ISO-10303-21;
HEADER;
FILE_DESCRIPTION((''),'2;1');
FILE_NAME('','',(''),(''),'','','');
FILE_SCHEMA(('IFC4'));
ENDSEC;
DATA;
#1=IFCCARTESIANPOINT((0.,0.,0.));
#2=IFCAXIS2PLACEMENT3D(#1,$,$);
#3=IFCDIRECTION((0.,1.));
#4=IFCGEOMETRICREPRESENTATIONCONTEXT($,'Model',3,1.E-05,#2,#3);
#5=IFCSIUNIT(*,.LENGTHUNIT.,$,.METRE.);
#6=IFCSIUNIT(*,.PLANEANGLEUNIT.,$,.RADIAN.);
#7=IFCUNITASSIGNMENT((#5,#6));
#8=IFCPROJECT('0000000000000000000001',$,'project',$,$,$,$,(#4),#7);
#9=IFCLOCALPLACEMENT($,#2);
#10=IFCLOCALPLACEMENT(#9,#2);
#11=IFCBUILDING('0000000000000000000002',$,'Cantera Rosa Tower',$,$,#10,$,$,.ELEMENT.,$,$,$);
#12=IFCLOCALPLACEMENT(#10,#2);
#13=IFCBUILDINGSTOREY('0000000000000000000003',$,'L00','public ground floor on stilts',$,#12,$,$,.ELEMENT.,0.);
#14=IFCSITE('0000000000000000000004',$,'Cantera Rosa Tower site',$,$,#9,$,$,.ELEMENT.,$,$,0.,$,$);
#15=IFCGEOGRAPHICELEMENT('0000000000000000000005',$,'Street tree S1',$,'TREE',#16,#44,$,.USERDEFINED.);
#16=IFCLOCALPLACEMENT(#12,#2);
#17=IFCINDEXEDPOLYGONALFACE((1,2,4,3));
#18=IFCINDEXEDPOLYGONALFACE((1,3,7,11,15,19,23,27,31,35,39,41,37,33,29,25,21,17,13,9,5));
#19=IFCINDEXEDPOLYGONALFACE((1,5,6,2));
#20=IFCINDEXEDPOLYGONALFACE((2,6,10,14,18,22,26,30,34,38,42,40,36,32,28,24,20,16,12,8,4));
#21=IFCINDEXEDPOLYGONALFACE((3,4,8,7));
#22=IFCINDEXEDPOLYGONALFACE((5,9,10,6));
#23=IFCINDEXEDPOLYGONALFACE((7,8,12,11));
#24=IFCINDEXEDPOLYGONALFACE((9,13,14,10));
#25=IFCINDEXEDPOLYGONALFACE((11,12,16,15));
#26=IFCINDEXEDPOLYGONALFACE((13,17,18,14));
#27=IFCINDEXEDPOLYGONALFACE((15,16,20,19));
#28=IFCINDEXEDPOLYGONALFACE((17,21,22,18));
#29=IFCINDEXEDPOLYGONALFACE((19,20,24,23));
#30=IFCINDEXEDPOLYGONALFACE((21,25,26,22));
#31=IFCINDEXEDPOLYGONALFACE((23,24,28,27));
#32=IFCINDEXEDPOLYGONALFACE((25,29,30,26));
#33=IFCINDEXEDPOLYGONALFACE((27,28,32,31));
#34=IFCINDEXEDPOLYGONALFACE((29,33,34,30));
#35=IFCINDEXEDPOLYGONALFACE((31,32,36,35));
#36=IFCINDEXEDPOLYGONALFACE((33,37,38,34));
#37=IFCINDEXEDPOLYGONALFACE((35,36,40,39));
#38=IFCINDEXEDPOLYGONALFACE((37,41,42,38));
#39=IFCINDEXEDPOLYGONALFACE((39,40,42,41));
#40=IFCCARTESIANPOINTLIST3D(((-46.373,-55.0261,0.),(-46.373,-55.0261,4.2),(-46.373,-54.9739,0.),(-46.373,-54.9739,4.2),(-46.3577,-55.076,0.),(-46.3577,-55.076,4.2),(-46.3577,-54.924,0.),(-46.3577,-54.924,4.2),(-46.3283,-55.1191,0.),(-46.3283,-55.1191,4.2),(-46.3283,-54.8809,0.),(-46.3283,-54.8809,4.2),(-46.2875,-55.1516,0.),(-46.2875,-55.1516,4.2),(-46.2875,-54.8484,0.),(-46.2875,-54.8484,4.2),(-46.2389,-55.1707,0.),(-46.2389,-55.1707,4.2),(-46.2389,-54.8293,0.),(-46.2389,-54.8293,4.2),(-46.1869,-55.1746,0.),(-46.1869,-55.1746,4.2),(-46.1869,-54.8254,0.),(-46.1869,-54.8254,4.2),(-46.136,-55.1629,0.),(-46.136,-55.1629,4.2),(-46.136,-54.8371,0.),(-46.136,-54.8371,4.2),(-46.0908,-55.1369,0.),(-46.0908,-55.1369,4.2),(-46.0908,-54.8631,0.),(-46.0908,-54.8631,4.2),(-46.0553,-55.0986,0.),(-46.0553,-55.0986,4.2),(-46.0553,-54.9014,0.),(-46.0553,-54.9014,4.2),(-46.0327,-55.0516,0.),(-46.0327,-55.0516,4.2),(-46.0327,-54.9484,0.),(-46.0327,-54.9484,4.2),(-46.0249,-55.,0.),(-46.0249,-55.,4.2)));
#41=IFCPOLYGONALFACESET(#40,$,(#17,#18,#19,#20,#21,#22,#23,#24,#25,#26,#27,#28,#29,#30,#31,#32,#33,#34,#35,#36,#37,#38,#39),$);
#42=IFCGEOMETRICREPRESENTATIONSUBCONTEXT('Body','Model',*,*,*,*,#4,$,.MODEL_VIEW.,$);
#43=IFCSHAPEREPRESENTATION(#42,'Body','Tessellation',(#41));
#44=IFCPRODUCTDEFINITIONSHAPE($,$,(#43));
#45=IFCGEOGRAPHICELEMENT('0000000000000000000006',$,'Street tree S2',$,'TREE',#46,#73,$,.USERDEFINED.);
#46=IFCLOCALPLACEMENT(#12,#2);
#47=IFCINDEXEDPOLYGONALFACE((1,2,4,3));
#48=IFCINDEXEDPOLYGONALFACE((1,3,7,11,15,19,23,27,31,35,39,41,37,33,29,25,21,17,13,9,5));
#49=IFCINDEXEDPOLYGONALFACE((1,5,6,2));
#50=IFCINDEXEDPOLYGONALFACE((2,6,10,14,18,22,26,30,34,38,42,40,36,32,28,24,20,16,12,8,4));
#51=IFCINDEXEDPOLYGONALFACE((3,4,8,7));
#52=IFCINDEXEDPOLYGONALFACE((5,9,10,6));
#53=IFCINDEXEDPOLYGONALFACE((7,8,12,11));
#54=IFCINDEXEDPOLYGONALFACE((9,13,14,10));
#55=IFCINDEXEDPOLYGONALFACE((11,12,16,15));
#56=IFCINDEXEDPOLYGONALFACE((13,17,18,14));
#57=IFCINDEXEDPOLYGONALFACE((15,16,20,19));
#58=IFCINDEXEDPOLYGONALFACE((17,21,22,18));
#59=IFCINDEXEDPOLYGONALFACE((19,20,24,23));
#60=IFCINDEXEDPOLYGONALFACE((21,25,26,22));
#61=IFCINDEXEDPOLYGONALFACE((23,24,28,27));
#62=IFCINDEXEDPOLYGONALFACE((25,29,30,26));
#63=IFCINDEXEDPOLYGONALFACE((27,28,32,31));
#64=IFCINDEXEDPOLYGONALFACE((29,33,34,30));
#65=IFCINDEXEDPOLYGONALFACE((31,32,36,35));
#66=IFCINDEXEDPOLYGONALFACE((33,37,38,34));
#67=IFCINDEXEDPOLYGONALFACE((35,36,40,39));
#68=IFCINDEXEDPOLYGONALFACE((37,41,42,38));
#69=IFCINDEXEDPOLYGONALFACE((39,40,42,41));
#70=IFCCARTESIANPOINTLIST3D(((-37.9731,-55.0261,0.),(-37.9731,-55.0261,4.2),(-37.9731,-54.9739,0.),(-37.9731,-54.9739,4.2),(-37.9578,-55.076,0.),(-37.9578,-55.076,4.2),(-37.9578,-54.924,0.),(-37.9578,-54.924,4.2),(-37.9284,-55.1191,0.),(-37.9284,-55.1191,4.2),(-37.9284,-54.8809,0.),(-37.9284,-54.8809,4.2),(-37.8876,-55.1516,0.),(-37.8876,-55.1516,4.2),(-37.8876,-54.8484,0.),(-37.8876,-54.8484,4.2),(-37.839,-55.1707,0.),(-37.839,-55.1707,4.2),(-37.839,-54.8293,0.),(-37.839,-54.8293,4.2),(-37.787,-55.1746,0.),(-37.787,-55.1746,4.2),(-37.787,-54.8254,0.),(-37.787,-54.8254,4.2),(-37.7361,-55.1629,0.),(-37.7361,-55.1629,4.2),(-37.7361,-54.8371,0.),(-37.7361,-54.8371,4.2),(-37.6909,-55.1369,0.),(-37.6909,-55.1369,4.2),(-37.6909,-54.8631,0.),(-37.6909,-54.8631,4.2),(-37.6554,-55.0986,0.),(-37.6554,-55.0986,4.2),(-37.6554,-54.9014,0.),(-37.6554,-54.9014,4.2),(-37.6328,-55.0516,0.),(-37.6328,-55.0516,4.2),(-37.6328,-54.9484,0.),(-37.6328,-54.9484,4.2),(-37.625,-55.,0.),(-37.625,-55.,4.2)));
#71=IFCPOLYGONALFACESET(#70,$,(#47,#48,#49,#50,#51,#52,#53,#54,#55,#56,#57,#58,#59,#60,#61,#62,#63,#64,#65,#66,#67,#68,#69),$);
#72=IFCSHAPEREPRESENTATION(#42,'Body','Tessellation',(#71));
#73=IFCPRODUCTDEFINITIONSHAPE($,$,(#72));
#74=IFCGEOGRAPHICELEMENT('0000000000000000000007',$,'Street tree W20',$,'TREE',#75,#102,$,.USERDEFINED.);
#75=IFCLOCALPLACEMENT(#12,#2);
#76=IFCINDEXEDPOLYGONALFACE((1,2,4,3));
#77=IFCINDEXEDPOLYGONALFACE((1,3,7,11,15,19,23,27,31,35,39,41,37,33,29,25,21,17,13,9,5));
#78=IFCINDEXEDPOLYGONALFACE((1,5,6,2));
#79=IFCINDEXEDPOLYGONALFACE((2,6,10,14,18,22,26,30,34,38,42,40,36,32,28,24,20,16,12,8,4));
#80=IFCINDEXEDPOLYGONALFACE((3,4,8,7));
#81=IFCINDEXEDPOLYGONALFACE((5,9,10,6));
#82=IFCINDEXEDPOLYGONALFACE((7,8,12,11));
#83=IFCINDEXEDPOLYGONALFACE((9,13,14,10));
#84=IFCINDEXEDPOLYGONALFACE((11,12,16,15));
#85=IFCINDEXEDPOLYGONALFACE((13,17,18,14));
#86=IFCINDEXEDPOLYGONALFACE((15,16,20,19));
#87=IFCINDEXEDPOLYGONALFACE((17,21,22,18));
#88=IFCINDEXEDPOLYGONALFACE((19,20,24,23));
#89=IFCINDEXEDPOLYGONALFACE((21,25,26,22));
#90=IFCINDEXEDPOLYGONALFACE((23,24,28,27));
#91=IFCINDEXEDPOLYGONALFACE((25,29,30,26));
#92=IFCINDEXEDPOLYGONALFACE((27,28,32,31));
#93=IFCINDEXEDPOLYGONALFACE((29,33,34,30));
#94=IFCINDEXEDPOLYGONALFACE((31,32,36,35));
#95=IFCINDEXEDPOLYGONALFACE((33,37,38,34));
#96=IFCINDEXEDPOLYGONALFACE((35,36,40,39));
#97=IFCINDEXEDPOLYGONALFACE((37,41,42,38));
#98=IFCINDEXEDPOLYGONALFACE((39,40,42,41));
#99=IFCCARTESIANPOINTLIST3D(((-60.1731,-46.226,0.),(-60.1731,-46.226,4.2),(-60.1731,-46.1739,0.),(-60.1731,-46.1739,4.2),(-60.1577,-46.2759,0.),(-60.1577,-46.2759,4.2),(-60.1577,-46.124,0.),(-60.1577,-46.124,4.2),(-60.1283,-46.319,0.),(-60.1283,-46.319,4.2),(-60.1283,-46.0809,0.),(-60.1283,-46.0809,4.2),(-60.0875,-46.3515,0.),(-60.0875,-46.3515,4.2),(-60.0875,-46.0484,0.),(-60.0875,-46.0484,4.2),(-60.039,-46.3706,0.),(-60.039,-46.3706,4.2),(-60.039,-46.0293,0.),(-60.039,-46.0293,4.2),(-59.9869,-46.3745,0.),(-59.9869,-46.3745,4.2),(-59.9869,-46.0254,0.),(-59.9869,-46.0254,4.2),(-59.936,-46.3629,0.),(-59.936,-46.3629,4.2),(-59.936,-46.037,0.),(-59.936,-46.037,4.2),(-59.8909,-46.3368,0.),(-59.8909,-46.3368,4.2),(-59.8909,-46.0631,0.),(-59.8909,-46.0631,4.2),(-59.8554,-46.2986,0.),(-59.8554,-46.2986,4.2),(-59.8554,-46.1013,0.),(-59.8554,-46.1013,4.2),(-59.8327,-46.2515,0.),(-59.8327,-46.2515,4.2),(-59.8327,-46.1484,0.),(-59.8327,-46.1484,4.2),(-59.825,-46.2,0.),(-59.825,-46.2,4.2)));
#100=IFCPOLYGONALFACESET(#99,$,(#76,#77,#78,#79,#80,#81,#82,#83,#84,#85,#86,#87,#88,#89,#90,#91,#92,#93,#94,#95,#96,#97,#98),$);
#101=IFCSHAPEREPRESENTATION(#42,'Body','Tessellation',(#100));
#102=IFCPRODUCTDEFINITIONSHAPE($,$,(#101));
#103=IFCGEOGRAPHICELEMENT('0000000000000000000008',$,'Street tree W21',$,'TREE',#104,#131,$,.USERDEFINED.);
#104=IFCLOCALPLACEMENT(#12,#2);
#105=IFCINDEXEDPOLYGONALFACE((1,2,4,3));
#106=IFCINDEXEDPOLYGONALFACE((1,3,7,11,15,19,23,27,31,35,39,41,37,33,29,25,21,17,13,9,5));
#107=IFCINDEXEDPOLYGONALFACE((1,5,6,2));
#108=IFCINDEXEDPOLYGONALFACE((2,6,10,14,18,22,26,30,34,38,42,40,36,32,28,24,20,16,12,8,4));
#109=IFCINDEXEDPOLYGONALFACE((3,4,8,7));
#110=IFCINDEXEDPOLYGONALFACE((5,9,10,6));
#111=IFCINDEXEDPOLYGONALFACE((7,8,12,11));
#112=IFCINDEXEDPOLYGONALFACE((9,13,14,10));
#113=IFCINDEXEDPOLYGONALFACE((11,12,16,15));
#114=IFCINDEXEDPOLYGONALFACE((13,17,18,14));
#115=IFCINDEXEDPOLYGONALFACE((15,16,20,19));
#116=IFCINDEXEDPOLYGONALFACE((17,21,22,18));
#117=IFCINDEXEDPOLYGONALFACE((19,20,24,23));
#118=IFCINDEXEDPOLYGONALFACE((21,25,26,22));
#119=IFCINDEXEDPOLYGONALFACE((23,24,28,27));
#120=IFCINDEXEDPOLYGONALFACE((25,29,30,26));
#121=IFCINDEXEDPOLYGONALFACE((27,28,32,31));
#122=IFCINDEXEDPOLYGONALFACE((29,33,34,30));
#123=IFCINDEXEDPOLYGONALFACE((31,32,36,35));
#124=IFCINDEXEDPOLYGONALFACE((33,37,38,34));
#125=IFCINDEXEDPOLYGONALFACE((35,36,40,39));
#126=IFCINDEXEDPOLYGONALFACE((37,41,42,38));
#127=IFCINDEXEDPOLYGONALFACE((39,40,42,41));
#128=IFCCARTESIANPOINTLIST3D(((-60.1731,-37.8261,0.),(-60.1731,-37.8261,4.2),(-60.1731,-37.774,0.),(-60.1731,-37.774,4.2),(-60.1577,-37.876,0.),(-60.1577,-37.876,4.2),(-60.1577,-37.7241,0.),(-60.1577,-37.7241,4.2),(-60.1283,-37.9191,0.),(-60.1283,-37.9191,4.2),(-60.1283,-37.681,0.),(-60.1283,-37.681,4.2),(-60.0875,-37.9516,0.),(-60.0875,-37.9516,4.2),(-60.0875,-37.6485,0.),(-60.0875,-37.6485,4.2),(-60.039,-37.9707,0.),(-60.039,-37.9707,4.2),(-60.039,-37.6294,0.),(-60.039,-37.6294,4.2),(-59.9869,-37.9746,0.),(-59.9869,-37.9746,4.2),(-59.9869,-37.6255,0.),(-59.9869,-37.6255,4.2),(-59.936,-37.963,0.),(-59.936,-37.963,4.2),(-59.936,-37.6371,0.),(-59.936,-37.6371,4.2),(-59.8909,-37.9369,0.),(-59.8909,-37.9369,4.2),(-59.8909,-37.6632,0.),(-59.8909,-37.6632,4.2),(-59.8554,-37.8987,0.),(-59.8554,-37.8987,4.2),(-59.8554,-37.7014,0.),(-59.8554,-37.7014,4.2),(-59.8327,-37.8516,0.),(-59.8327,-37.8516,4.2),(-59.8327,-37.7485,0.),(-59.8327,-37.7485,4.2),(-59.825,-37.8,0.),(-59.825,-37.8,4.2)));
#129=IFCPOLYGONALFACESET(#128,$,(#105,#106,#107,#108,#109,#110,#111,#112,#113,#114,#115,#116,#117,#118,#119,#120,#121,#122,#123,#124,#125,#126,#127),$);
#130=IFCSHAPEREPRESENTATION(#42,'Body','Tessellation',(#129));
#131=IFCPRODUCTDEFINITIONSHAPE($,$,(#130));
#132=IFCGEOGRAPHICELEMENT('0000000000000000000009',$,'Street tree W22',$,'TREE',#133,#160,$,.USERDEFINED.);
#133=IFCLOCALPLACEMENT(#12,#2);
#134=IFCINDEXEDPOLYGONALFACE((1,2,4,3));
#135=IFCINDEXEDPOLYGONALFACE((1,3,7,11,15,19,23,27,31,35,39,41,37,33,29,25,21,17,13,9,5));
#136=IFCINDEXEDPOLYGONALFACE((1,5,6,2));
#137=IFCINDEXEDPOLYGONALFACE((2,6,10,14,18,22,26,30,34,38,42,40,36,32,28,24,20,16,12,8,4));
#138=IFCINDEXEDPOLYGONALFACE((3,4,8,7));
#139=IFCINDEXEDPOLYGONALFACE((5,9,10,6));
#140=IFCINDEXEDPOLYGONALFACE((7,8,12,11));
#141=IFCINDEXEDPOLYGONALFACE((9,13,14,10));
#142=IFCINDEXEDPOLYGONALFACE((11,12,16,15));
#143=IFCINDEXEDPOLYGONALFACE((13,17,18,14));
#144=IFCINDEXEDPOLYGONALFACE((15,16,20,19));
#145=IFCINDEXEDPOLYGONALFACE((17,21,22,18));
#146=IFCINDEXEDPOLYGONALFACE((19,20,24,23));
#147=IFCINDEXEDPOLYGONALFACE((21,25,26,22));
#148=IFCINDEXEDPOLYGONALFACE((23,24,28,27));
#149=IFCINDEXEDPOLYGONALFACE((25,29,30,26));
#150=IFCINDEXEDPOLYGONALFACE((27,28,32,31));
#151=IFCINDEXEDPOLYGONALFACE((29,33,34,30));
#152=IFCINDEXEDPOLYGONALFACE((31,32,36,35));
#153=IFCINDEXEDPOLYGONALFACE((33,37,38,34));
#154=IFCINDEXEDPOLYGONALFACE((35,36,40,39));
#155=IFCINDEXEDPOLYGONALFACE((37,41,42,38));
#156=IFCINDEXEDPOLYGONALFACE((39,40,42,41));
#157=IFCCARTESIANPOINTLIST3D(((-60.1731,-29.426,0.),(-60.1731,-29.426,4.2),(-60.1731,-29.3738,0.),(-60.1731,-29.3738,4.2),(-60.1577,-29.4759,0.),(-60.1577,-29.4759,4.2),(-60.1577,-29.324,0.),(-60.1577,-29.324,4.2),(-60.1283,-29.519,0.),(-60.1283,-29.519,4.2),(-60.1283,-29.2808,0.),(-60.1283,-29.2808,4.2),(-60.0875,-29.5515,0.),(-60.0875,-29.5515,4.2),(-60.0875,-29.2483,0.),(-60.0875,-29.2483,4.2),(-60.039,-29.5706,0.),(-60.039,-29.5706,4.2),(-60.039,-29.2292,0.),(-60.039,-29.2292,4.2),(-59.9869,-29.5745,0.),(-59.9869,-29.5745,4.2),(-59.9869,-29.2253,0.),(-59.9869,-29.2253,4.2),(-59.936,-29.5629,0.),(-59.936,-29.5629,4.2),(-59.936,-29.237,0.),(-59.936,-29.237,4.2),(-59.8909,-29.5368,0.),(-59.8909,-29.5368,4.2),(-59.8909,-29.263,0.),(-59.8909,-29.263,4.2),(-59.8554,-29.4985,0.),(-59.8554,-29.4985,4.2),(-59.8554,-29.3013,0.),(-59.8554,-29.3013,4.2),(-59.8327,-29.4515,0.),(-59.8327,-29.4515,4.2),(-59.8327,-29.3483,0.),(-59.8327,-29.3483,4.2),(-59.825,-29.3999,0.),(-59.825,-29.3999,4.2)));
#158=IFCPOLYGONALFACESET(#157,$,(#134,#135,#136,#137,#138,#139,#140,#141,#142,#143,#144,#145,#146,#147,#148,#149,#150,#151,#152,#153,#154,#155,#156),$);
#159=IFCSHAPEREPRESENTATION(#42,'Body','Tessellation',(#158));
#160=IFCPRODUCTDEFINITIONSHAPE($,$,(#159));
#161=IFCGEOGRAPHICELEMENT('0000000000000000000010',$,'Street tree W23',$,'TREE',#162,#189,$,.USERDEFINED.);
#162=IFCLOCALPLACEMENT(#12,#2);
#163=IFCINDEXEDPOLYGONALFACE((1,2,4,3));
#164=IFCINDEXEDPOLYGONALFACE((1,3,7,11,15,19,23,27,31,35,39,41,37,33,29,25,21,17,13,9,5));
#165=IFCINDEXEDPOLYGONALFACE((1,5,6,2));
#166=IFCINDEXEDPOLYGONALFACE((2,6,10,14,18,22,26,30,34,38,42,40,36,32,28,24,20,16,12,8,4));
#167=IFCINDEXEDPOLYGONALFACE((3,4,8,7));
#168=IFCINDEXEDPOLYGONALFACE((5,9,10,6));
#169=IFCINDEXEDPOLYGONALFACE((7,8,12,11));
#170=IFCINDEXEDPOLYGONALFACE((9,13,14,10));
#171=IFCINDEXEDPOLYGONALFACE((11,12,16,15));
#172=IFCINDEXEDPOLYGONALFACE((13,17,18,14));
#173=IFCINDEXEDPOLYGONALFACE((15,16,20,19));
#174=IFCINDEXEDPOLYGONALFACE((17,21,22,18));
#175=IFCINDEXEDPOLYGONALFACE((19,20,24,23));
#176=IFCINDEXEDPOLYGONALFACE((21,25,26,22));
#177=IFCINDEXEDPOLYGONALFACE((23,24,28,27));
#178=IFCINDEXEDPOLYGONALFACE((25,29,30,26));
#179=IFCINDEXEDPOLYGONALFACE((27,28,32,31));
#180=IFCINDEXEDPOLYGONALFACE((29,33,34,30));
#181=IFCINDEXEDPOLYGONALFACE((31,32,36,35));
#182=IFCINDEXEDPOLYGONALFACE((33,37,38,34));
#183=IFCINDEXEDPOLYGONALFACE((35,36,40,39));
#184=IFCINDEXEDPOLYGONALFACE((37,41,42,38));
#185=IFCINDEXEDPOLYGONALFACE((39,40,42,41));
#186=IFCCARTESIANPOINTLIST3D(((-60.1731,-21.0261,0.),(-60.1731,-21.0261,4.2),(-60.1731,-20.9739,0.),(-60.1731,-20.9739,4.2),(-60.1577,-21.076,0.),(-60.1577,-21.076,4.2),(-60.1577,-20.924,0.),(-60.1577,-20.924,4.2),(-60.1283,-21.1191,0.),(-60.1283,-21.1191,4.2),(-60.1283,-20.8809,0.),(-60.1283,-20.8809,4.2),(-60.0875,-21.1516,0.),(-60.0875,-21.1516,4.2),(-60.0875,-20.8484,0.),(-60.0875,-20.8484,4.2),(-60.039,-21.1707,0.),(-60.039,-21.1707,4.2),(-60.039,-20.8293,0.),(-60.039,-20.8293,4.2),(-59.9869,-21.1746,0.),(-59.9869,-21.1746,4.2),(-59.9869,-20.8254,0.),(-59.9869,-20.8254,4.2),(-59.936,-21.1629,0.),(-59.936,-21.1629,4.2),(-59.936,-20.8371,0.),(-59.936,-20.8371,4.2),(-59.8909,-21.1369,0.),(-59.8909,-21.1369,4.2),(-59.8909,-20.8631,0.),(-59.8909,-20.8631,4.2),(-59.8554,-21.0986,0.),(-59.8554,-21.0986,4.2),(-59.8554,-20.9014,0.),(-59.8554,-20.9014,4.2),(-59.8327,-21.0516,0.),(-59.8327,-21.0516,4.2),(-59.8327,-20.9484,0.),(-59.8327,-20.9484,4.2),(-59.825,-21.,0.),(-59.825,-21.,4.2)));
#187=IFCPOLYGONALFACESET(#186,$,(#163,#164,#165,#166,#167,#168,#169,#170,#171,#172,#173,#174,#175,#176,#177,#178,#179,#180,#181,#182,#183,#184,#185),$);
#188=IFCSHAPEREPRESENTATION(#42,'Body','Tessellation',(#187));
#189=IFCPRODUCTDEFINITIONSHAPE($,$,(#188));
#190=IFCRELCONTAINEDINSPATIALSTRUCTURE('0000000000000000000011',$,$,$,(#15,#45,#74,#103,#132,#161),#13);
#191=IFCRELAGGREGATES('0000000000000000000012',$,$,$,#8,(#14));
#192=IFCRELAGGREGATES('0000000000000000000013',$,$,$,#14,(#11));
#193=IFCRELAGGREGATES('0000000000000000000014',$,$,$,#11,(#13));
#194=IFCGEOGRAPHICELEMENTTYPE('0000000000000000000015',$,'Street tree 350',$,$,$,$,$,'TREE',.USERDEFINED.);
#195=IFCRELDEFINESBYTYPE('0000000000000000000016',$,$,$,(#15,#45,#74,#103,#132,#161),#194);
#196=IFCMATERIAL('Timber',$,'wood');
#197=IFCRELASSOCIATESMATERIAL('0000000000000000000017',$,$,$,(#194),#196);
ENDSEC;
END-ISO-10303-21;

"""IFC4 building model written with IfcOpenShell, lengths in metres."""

from ifc_helpers import new_model, si_unit, direction, frame, origin, origin_2d, place, context, subcontext, project, spatial, circle, extrude, material, material_profile, profile_set, type_object, element, save


model = new_model("IFC4")

# Units and contexts
model_context = context("Model", 3, precision=1e-05, world=origin(), true_north=direction((0.0, 1.0)))
body_context = subcontext(model_context, "Body", "Model", "MODEL_VIEW")
ifc_project = project(units=[si_unit("LENGTHUNIT", "METRE"), si_unit("PLANEANGLEUNIT", "RADIAN")], contexts=[model_context])

# Site, building, storey
site_placement = place(None, origin())
site = spatial("IfcSite", under=ifc_project, at=site_placement, Name="Cantera Rosa Tower site", CompositionType="ELEMENT", RefElevation=0.0)
building_placement = place(site_placement, origin())
building = spatial("IfcBuilding", under=site, at=building_placement, Name="Cantera Rosa Tower", CompositionType="ELEMENT")
storey_placement = place(building_placement, origin())
storey = spatial("IfcBuildingStorey", under=building, at=storey_placement, Name="L00", Description="public ground floor on stilts", CompositionType="ELEMENT", Elevation=0.0)

# Geographic elements
ifc_material_1 = material(Name="Timber", Category="wood")
ifc_material_profile_1 = material_profile(ifc_material_1, circle(Radius=0.175, at=origin_2d()), Name="Street tree 350")
ifc_profile_set_1 = profile_set([ifc_material_profile_1], Name="Timber")
geographic_element_type = type_object("IfcGeographicElementType", Name="Street tree 350", ElementType="TREE", PredefinedType="USERDEFINED", material=ifc_profile_set_1)
for number, where, z_axis, x_axis, name in (
    (1, (-46.2, -55.0, 0.0), (0.0, 0.0, 1.0), (1.0, 0.0, 0.0), "Street tree S1"),
    (2, (-37.8, -55.0, 0.0), (0.0, 0.0, 1.0), (1.0, 0.0, 0.0), "Street tree S2"),
    (3, (-60.0, -46.2, 0.0), (0.0, 0.0, 1.0), (1.0, 0.0, 0.0), "Street tree W20"),
    (4, (-60.0, -37.8, 0.0), (0.0, 0.0, 1.0), (1.0, 0.0, 0.0), "Street tree W21"),
    (5, (-60.0, -29.3999, 0.0), (0.0, 0.0, 1.0), (1.0, 0.0, 0.0), "Street tree W22"),
    (6, (-60.0, -21.0, 0.0), (0.0, 0.0, 1.0), (1.0, 0.0, 0.0), "Street tree W23"),
):
    element("IfcGeographicElement", number, at=place(storey_placement, frame(where, z_axis=z_axis, x_axis=x_axis)), inside=storey, type_object=geographic_element_type, Name=name, ObjectType="TREE", PredefinedType="USERDEFINED", context=body_context, shape_type="SweptSolid", body=[
        extrude(circle(Radius=0.175, at=origin_2d()), origin(), (0.0, 0.0, 1.0), 4.2),
    ])

save(model, "model.ifc")
